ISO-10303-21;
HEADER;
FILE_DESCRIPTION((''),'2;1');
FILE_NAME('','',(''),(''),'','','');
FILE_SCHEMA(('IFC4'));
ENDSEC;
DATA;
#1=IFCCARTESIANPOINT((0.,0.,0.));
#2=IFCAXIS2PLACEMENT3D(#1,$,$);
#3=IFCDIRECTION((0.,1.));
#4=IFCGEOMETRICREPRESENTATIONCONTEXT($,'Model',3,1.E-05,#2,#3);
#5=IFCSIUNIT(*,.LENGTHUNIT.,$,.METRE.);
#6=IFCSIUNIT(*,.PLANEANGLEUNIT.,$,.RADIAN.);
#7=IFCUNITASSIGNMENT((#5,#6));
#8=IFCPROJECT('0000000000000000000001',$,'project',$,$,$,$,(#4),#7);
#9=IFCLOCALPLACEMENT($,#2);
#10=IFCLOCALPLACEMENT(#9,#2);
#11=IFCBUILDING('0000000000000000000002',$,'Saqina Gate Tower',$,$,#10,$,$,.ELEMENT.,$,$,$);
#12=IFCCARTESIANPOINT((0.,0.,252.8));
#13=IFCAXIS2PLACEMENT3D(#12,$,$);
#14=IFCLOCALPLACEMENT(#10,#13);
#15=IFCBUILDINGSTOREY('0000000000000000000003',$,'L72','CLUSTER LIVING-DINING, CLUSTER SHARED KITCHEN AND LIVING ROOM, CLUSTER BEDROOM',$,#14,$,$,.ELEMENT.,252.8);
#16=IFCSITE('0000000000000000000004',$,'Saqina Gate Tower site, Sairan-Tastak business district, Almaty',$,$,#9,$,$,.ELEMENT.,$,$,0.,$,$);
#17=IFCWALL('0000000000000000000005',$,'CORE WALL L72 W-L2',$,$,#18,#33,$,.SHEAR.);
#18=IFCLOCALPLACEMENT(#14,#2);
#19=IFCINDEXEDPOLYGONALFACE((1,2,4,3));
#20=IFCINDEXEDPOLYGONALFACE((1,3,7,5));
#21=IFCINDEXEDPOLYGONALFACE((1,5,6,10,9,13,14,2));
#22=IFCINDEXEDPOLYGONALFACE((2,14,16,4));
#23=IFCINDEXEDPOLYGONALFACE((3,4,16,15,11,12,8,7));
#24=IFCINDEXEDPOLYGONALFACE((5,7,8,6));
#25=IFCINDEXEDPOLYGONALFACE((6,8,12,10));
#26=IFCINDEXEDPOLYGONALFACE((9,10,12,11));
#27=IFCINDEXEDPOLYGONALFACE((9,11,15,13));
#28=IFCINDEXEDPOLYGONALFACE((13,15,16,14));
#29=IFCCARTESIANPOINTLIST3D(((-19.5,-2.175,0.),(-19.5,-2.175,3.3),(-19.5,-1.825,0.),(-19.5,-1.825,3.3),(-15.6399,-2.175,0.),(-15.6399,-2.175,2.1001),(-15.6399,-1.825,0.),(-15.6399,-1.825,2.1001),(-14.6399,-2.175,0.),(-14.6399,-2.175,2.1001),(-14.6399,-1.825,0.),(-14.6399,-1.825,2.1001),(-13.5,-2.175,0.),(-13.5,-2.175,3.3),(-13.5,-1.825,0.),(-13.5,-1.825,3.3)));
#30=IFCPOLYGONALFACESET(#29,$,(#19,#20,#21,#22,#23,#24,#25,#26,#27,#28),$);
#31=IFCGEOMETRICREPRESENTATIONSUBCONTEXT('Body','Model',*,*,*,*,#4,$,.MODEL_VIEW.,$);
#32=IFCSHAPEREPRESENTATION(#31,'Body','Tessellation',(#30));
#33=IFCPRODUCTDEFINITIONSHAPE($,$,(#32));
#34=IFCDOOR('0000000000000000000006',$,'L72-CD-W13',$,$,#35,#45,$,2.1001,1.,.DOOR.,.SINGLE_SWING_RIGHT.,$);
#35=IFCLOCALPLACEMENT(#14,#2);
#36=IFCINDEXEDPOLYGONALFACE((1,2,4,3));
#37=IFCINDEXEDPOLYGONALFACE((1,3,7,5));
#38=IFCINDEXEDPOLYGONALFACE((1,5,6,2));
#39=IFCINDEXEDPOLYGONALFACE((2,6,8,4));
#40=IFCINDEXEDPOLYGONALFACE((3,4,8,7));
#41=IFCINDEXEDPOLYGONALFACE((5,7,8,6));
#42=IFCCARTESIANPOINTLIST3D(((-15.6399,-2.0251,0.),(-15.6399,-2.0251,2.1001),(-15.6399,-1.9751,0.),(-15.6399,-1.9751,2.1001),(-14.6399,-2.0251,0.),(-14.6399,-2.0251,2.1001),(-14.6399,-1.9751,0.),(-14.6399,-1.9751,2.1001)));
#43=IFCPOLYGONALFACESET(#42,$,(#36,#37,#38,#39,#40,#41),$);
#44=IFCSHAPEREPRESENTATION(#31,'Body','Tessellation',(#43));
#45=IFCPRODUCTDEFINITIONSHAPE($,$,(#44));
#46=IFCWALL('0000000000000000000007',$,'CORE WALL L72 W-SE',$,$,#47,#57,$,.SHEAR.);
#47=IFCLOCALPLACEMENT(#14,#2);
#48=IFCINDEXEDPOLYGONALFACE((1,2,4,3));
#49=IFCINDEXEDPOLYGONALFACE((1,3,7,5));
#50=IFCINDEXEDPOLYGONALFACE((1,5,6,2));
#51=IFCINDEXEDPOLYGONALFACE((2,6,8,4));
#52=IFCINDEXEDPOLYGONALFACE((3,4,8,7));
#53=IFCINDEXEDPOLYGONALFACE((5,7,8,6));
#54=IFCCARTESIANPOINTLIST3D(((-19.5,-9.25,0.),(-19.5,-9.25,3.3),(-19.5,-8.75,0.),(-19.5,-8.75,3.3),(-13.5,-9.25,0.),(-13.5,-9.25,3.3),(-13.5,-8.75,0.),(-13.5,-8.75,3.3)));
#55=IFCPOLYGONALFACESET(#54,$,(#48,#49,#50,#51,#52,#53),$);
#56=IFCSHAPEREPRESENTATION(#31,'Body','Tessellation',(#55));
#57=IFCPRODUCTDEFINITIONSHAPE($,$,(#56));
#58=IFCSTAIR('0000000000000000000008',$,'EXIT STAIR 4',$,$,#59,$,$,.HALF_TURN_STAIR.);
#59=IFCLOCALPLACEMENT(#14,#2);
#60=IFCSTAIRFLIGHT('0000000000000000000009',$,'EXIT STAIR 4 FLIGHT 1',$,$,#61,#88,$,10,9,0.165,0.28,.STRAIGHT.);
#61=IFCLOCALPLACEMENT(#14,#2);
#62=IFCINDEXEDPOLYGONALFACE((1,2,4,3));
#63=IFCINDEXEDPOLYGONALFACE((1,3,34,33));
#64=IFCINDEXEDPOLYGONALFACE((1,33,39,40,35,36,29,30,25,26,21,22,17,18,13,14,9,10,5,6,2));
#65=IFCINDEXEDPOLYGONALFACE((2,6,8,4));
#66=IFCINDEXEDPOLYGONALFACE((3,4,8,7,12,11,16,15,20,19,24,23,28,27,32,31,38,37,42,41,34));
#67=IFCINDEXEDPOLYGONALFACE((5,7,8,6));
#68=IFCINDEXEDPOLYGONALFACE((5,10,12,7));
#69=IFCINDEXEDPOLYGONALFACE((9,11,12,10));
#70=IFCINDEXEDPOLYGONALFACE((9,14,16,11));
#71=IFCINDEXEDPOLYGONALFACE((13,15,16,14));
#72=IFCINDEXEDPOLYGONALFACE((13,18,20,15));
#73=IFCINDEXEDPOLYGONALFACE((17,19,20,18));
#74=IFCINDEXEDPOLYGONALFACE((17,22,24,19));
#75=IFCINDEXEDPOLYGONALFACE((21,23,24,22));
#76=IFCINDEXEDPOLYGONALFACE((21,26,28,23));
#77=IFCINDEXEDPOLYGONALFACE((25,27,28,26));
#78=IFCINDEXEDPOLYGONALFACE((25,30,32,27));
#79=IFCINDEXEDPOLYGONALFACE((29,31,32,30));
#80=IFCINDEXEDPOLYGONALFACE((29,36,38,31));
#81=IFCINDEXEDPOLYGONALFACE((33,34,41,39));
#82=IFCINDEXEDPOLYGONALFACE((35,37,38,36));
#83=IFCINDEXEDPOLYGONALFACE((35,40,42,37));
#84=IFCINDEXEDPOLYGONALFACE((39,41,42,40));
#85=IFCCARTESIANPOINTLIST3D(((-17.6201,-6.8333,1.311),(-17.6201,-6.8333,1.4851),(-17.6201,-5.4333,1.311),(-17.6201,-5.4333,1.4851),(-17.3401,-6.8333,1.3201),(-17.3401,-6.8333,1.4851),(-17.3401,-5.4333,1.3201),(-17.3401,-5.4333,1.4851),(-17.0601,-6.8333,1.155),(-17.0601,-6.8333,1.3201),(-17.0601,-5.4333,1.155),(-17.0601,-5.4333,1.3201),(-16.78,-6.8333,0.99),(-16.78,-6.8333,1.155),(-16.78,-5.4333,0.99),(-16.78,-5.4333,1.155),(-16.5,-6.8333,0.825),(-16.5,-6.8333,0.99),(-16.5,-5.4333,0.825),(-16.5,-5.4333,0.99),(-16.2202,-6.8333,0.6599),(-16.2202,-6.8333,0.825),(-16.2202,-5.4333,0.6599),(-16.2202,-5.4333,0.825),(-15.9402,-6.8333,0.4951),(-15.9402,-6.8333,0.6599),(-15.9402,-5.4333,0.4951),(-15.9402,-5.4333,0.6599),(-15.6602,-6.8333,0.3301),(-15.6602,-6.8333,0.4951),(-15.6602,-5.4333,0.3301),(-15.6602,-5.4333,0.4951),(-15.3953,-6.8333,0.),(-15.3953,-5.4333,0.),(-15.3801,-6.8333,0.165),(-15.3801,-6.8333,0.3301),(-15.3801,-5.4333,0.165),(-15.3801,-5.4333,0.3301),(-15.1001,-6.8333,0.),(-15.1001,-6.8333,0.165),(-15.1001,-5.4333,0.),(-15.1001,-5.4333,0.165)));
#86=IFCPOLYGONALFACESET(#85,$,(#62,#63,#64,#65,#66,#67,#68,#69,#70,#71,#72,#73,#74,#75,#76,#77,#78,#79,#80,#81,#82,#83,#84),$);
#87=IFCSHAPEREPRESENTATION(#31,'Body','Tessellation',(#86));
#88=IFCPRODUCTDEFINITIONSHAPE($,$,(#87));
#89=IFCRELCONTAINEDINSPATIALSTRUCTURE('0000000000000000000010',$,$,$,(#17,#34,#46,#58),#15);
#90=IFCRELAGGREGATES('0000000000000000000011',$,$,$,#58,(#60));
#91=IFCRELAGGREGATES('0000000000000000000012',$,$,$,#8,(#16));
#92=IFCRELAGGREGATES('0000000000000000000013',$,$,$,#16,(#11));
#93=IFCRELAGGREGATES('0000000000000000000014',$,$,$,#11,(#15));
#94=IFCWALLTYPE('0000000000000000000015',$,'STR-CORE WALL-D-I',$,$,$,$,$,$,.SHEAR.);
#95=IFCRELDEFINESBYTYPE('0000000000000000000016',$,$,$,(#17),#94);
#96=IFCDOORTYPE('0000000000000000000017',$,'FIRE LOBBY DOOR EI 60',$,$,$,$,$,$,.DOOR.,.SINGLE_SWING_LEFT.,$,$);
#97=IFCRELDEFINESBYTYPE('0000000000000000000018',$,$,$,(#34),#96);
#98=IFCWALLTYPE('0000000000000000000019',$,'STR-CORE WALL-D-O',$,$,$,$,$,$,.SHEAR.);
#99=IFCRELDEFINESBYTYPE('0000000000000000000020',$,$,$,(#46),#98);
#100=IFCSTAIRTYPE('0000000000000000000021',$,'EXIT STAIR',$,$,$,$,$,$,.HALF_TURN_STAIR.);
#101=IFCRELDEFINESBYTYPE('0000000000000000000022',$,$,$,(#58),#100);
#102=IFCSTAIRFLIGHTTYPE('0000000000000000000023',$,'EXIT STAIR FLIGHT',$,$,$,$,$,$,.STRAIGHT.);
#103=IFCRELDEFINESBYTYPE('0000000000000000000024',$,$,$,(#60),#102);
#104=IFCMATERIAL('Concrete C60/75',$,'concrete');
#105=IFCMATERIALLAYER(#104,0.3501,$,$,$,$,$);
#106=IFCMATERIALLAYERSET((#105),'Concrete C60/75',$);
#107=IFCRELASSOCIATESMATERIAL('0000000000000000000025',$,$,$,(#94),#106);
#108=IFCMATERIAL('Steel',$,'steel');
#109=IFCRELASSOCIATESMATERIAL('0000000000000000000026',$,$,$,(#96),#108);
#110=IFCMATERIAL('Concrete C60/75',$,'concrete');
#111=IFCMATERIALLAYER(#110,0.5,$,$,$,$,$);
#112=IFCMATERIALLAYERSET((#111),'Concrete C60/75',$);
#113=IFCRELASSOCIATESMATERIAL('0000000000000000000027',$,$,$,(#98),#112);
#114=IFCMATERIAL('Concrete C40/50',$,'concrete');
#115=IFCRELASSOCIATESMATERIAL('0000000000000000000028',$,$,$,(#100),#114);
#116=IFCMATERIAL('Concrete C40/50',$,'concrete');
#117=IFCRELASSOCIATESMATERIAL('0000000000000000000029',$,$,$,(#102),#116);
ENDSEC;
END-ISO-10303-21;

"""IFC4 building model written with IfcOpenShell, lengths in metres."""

from ifc_helpers import new_model, si_unit, direction, frame, frame_2d, origin, place, context, subcontext, project, spatial, polyline, rectangle, outline, extrude, material, layer, layer_set, type_object, element, fill, aggregate, save


model = new_model("IFC4")

# Units and contexts
model_context = context("Model", 3, precision=1e-05, world=origin(), true_north=direction((0.0, 1.0)))
body_context = subcontext(model_context, "Body", "Model", "MODEL_VIEW")
ifc_project = project(units=[si_unit("LENGTHUNIT", "METRE"), si_unit("PLANEANGLEUNIT", "RADIAN")], contexts=[model_context])

# Site, building, storey
site_placement = place(None, origin())
site = spatial("IfcSite", under=ifc_project, at=site_placement, Name="Saqina Gate Tower site, Sairan-Tastak business district, Almaty", CompositionType="ELEMENT", RefElevation=0.0)
building_placement = place(site_placement, origin())
building = spatial("IfcBuilding", under=site, at=building_placement, Name="Saqina Gate Tower", CompositionType="ELEMENT")
storey_placement = place(building_placement, frame((0.0, 0.0, 252.8)))
storey = spatial("IfcBuildingStorey", under=building, at=storey_placement, Name="L72", Description="CLUSTER LIVING-DINING, CLUSTER SHARED KITCHEN AND LIVING ROOM, CLUSTER BEDROOM", CompositionType="ELEMENT", Elevation=252.8)

# Wall, opening, door
ifc_material_1 = material(Name="Concrete C60/75", Category="concrete")
ifc_layer_1 = layer(ifc_material_1, 0.3501)
ifc_layer_set_1 = layer_set([ifc_layer_1], Name="Concrete C60/75")
wall_type_1 = type_object("IfcWallType", Name="STR-CORE WALL-D-I", PredefinedType="SHEAR", material=ifc_layer_set_1)
wall_1_placement = place(storey_placement, frame((-13.5, -2.0, 0.0), z_axis=(0.0, 0.0, 1.0), x_axis=(-1.0, 0.0, 0.0)))
wall_1 = element("IfcWall", 1, at=wall_1_placement, inside=storey, type_object=wall_type_1, Name="CORE WALL L72 W-L2", PredefinedType="SHEAR", context=body_context, shape_type="SweptSolid", body=[
    extrude(rectangle(XDim=6.0, YDim=0.3501, at=frame_2d((3.0, 0.0))), origin(), (0.0, 0.0, 1.0), 3.3),
])
opening_1_placement = place(wall_1_placement, frame((1.1399, 0.0, 0.0)))
opening_1 = element("IfcOpeningElement", 2, at=opening_1_placement, cuts=wall_1, PredefinedType="OPENING", context=body_context, shape_type="SweptSolid", body=[
    extrude(rectangle(XDim=1.0, YDim=2.1001, at=frame_2d((0.5, 1.05))), frame((0.0, 0.187, 0.0), z_axis=(0.0, -1.0, 0.0), x_axis=(1.0, 0.0, 0.0)), (0.0, 0.0, 1.0), 0.374),
])
ifc_material_2 = material(Name="Steel", Category="steel")
door_type_1 = type_object("IfcDoorType", Name="FIRE LOBBY DOOR EI 60", OperationType="SINGLE_SWING_LEFT", PredefinedType="DOOR", material=ifc_material_2)
door_1_placement = place(opening_1_placement, frame((1.0, 0.0, 0.0), z_axis=(0.0, 0.0, 1.0), x_axis=(-1.0, 0.0, 0.0)))
door_1 = element("IfcDoor", 3, at=door_1_placement, inside=storey, type_object=door_type_1, Name="L72-CD-W13", OperationType="SINGLE_SWING_RIGHT", OverallHeight=2.1001, OverallWidth=1.0, PredefinedType="DOOR", context=body_context, shape_type="SweptSolid", body=[
    extrude(rectangle(XDim=1.0, YDim=2.1001, at=frame_2d((0.5, 1.05))), frame((0.0, 0.0249, 0.0), z_axis=(0.0, -1.0, 0.0), x_axis=(1.0, 0.0, 0.0)), (0.0, 0.0, 1.0), 0.05),
])
fill(opening_1, door_1)

# Shared definitions
ifc_material_3 = material(Name="Concrete C60/75", Category="concrete")
ifc_layer_2 = layer(ifc_material_3, 0.5)
ifc_layer_set_2 = layer_set([ifc_layer_2], Name="Concrete C60/75")
wall_type_2 = type_object("IfcWallType", Name="STR-CORE WALL-D-O", PredefinedType="SHEAR", material=ifc_layer_set_2)

# Wall
wall_2_placement = place(storey_placement, frame((-13.5, -9.0, 0.0), z_axis=(0.0, 0.0, 1.0), x_axis=(-1.0, 0.0, 0.0)))
element("IfcWall", 4, at=wall_2_placement, inside=storey, type_object=wall_type_2, Name="CORE WALL L72 W-SE", PredefinedType="SHEAR", context=body_context, shape_type="SweptSolid", body=[
    extrude(rectangle(XDim=6.0, YDim=0.5, at=frame_2d((3.0, 0.0))), origin(), (0.0, 0.0, 1.0), 3.3),
])

# Stair, stair flight
ifc_material_4 = material(Name="Concrete C40/50", Category="concrete")
stair_type = type_object("IfcStairType", Name="EXIT STAIR", PredefinedType="HALF_TURN_STAIR", material=ifc_material_4)
stair_placement = place(storey_placement, origin())
stair = element("IfcStair", 5, at=stair_placement, inside=storey, type_object=stair_type, Name="EXIT STAIR 4", PredefinedType="HALF_TURN_STAIR")
ifc_material_5 = material(Name="Concrete C40/50", Category="concrete")
stair_flight_type = type_object("IfcStairFlightType", Name="EXIT STAIR FLIGHT", PredefinedType="STRAIGHT", material=ifc_material_5)
stair_flight_placement = place(storey_placement, frame((-15.1001, -6.1333, 0.0), z_axis=(0.0, 0.0, 1.0), x_axis=(-1.0, 0.0, 0.0)))
stair_flight = element("IfcStairFlight", 6, at=stair_flight_placement, type_object=stair_flight_type, Name="EXIT STAIR 4 FLIGHT 1", NumberOfRisers=10, NumberOfTreads=9, PredefinedType="STRAIGHT", RiserHeight=0.165, TreadLength=0.28, context=body_context, shape_type="SweptSolid", body=[
    extrude(outline(polyline([(0.0, 0.0), (0.0, 0.165), (0.28, 0.165), (0.28, 0.3301), (0.5601, 0.3301), (0.5601, 0.4951), (0.8401, 0.4951), (0.8401, 0.6599), (1.1201, 0.6599), (1.1201, 0.825), (1.3999, 0.825), (1.3999, 0.99), (1.6799, 0.99), (1.6799, 1.155), (1.96, 1.155), (1.96, 1.3201), (2.24, 1.3201), (2.24, 1.4851), (2.52, 1.4851), (2.52, 1.6499), (2.52, 1.311), (0.2952, 0.0), (0.0, 0.0)])), frame((0.0, 0.7, 0.0), z_axis=(0.0, -1.0, 0.0), x_axis=(1.0, 0.0, 0.0)), (0.0, 0.0, 1.0), 1.3999),
])
aggregate(stair, [stair_flight])

save(model, "model.ifc")
